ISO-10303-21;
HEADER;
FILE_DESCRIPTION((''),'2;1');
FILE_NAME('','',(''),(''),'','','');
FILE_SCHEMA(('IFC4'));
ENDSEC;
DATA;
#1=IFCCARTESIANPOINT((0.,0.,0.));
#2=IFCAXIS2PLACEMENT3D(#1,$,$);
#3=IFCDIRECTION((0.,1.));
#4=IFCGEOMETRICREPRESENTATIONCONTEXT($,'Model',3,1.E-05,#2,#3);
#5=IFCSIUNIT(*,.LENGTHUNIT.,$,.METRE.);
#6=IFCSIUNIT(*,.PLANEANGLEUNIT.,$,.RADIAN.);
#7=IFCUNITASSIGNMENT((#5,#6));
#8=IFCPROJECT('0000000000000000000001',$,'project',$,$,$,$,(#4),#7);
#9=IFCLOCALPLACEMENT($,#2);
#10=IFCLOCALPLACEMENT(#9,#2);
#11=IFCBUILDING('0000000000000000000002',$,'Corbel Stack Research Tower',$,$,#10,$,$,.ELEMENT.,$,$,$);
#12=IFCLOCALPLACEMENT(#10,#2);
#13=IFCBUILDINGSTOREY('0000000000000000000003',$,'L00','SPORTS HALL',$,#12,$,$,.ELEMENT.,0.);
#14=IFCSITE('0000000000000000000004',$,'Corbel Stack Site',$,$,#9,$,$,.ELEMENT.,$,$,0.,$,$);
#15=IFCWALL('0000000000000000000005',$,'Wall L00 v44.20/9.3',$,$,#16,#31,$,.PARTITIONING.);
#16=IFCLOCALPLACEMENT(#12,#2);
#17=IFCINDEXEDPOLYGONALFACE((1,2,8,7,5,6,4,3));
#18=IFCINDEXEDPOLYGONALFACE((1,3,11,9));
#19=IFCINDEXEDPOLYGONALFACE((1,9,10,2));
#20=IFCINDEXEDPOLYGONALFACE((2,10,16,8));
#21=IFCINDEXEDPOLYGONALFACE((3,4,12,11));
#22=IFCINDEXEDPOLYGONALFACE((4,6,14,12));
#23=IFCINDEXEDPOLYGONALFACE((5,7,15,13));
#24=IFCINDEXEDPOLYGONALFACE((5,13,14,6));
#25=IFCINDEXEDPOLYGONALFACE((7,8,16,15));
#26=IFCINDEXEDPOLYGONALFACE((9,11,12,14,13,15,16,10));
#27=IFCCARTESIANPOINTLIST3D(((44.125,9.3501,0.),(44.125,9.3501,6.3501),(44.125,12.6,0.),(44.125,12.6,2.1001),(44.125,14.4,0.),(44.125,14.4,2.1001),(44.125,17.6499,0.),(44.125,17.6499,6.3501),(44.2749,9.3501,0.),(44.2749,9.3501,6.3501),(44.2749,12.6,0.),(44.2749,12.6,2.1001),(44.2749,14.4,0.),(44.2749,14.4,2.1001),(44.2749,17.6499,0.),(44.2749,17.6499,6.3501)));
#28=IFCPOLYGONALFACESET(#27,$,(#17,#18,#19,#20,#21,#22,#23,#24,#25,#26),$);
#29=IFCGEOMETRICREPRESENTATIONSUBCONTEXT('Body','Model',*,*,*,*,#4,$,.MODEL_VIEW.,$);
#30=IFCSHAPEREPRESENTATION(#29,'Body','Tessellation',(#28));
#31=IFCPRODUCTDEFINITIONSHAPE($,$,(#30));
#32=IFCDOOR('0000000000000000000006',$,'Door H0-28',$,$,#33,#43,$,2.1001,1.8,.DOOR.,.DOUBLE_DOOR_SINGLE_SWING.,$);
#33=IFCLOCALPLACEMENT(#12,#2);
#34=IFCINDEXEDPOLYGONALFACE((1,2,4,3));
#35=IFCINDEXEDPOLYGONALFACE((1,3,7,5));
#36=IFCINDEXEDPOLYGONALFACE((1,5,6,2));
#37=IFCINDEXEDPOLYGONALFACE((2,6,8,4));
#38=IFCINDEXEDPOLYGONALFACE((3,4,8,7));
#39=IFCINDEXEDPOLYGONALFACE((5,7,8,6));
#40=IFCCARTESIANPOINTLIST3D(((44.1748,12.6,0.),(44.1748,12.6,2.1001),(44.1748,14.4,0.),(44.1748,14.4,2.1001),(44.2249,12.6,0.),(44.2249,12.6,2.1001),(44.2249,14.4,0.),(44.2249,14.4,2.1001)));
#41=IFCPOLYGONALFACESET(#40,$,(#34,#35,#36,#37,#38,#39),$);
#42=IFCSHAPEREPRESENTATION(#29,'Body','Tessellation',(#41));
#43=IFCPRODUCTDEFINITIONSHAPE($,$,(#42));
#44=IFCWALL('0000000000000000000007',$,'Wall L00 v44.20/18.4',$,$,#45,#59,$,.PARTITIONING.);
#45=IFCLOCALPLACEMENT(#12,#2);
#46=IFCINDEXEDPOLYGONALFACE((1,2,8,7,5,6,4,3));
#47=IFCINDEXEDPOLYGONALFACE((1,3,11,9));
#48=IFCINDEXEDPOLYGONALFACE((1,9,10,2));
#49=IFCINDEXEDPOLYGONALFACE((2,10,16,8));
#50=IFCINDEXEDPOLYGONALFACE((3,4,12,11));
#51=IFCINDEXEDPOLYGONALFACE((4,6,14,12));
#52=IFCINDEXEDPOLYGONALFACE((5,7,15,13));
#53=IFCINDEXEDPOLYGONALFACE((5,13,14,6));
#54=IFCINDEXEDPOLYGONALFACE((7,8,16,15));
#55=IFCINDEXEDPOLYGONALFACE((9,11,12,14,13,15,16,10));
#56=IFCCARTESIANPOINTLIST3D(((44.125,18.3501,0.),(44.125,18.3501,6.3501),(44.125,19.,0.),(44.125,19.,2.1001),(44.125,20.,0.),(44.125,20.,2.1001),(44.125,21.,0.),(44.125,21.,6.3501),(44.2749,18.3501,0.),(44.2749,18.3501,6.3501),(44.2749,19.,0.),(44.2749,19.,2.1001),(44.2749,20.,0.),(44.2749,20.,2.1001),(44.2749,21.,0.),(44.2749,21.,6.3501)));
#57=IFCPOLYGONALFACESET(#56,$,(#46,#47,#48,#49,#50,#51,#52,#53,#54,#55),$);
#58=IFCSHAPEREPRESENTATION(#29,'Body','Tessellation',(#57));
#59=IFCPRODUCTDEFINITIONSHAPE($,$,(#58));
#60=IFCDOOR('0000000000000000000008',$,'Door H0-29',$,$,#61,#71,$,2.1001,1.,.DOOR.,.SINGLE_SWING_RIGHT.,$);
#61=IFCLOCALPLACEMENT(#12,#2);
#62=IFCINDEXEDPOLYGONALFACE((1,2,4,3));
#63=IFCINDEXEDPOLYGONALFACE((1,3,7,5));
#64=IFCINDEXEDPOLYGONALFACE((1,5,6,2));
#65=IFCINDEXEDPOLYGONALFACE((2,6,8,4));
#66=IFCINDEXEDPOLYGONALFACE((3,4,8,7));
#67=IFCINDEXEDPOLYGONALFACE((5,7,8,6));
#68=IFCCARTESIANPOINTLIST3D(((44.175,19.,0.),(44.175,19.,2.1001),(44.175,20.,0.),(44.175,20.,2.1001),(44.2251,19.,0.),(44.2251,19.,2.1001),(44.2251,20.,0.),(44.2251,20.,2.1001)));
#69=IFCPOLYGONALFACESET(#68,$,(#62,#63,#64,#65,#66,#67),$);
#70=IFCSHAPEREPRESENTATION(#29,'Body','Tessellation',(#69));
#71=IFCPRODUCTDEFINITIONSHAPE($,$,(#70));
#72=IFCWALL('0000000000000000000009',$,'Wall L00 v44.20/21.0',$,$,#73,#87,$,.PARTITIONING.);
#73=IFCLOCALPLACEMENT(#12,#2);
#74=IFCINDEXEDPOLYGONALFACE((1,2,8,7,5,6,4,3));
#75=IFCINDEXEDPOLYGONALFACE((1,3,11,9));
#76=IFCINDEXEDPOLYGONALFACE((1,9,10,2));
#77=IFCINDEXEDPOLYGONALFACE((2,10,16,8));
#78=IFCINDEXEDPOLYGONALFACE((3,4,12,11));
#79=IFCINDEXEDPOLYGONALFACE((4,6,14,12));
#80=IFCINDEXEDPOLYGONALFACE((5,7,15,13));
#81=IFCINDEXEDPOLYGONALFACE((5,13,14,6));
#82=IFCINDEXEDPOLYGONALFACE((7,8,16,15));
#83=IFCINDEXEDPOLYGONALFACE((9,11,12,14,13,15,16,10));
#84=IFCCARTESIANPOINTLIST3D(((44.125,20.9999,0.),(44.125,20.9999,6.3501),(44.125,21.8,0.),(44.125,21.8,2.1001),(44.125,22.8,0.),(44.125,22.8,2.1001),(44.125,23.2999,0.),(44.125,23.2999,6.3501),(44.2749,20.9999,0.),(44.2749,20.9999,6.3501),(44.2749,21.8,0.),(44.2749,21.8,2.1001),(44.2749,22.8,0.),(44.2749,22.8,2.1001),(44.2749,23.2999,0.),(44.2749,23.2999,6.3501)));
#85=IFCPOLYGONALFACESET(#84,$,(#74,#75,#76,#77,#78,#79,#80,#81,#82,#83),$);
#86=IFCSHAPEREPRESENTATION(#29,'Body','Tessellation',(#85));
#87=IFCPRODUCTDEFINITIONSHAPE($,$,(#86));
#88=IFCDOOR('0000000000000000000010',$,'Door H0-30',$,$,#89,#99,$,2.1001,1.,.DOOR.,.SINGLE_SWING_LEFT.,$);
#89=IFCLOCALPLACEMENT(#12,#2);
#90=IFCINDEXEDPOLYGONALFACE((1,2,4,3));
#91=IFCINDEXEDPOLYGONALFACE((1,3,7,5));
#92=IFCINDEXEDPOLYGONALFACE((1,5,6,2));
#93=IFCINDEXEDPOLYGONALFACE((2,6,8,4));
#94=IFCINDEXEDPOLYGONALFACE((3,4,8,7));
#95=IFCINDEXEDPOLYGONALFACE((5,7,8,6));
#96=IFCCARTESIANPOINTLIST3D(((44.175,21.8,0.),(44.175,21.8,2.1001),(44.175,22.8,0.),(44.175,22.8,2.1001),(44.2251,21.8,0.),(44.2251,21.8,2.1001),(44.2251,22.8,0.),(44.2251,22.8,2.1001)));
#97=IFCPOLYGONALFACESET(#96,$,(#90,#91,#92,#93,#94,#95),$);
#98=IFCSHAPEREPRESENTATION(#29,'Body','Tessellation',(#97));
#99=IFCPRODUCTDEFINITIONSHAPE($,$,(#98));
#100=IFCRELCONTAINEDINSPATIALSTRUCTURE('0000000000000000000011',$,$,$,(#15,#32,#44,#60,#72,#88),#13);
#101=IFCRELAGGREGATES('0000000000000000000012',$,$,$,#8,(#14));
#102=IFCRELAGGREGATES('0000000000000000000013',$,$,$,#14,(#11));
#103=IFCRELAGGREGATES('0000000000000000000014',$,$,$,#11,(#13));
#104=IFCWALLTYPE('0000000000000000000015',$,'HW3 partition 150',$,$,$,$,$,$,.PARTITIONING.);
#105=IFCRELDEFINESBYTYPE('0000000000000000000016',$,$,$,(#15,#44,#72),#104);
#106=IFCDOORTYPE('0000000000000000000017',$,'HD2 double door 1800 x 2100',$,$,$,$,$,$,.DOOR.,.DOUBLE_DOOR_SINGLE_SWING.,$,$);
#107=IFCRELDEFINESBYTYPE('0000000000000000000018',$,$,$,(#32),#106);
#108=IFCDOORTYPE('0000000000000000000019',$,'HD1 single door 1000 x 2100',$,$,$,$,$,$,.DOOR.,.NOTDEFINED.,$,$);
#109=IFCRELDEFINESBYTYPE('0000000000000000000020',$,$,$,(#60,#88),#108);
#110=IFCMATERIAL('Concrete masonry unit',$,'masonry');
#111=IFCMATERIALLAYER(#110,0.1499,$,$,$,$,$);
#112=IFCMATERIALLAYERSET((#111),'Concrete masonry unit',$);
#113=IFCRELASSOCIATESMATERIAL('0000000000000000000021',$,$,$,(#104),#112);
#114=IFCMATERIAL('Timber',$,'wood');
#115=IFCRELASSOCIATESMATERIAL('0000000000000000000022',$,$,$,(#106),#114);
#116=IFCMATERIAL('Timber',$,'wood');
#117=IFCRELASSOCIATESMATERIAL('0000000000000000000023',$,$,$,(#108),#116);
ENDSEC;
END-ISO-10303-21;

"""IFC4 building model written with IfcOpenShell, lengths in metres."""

from ifc_helpers import new_model, si_unit, direction, frame, frame_2d, origin, place, context, subcontext, project, spatial, rectangle, extrude, material, layer, layer_set, type_object, element, fill, save


model = new_model("IFC4")

# Units and contexts
model_context = context("Model", 3, precision=1e-05, world=origin(), true_north=direction((0.0, 1.0)))
body_context = subcontext(model_context, "Body", "Model", "MODEL_VIEW")
ifc_project = project(units=[si_unit("LENGTHUNIT", "METRE"), si_unit("PLANEANGLEUNIT", "RADIAN")], contexts=[model_context])

# Site, building, storey
site_placement = place(None, origin())
site = spatial("IfcSite", under=ifc_project, at=site_placement, Name="Corbel Stack Site", CompositionType="ELEMENT", RefElevation=0.0)
building_placement = place(site_placement, origin())
building = spatial("IfcBuilding", under=site, at=building_placement, Name="Corbel Stack Research Tower", CompositionType="ELEMENT")
storey_placement = place(building_placement, origin())
storey = spatial("IfcBuildingStorey", under=building, at=storey_placement, Name="L00", Description="SPORTS HALL", CompositionType="ELEMENT", Elevation=0.0)

# Shared definitions
ifc_material_1 = material(Name="Concrete masonry unit", Category="masonry")
ifc_layer_1 = layer(ifc_material_1, 0.1499)
ifc_layer_set_1 = layer_set([ifc_layer_1], Name="Concrete masonry unit")
wall_type_1 = type_object("IfcWallType", Name="HW3 partition 150", PredefinedType="PARTITIONING", material=ifc_layer_set_1)

# Walls, openings, doors
wall_1_placement = place(storey_placement, frame((44.2, 17.6499, 0.0), z_axis=(0.0, 0.0, 1.0), x_axis=(0.0, -1.0, 0.0)))
wall_1 = element("IfcWall", 1, at=wall_1_placement, inside=storey, type_object=wall_type_1, Name="Wall L00 v44.20/9.3", PredefinedType="PARTITIONING", context=body_context, shape_type="SweptSolid", body=[
    extrude(rectangle(XDim=8.2998, YDim=0.1499, at=frame_2d((4.1499, 0.0))), origin(), (0.0, 0.0, 1.0), 6.3501),
])
opening_1_placement = place(wall_1_placement, frame((3.25, 0.0, 0.0)))
opening_1 = element("IfcOpeningElement", 2, at=opening_1_placement, cuts=wall_1, PredefinedType="OPENING", context=body_context, shape_type="SweptSolid", body=[
    extrude(rectangle(XDim=1.8, YDim=2.1001, at=frame_2d((0.8999, 1.05))), frame((0.0, 0.085, 0.0), z_axis=(0.0, -1.0, 0.0), x_axis=(1.0, 0.0, 0.0)), (0.0, 0.0, 1.0), 0.1699),
])
ifc_material_2 = material(Name="Timber", Category="wood")
door_type_1 = type_object("IfcDoorType", Name="HD2 double door 1800 x 2100", OperationType="DOUBLE_DOOR_SINGLE_SWING", PredefinedType="DOOR", material=ifc_material_2)
door_1_placement = place(opening_1_placement, origin())
door_1 = element("IfcDoor", 3, at=door_1_placement, inside=storey, type_object=door_type_1, Name="Door H0-28", OperationType="DOUBLE_DOOR_SINGLE_SWING", OverallHeight=2.1001, OverallWidth=1.8, PredefinedType="DOOR", context=body_context, shape_type="SweptSolid", body=[
    extrude(rectangle(XDim=1.8, YDim=2.1001, at=frame_2d((0.8999, 1.05))), frame((0.0, 0.0249, 0.0), z_axis=(0.0, -1.0, 0.0), x_axis=(1.0, 0.0, 0.0)), (0.0, 0.0, 1.0), 0.05),
])
fill(opening_1, door_1)
wall_2_placement = place(storey_placement, frame((44.2, 18.3501, 0.0), z_axis=(0.0, 0.0, 1.0), x_axis=(0.0, 1.0, 0.0)))
wall_2 = element("IfcWall", 4, at=wall_2_placement, inside=storey, type_object=wall_type_1, Name="Wall L00 v44.20/18.4", PredefinedType="PARTITIONING", context=body_context, shape_type="SweptSolid", body=[
    extrude(rectangle(XDim=2.6499, YDim=0.1499, at=frame_2d((1.325, 0.0))), origin(), (0.0, 0.0, 1.0), 6.3501),
])
opening_2_placement = place(wall_2_placement, frame((0.6499, 0.0, 0.0)))
opening_2 = element("IfcOpeningElement", 5, at=opening_2_placement, cuts=wall_2, PredefinedType="OPENING", context=body_context, shape_type="SweptSolid", body=[
    extrude(rectangle(XDim=1.0, YDim=2.1001, at=frame_2d((0.5, 1.05))), frame((0.0, 0.085, 0.0), z_axis=(0.0, -1.0, 0.0), x_axis=(1.0, 0.0, 0.0)), (0.0, 0.0, 1.0), 0.1699),
])
ifc_material_3 = material(Name="Timber", Category="wood")
door_type_2 = type_object("IfcDoorType", Name="HD1 single door 1000 x 2100", OperationType="NOTDEFINED", PredefinedType="DOOR", material=ifc_material_3)
door_2_placement = place(opening_2_placement, origin())
door_2 = element("IfcDoor", 6, at=door_2_placement, inside=storey, type_object=door_type_2, Name="Door H0-29", OperationType="SINGLE_SWING_RIGHT", OverallHeight=2.1001, OverallWidth=1.0, PredefinedType="DOOR", context=body_context, shape_type="SweptSolid", body=[
    extrude(rectangle(XDim=1.0, YDim=2.1001, at=frame_2d((0.5, 1.05))), frame((0.0, 0.0249, 0.0), z_axis=(0.0, -1.0, 0.0), x_axis=(1.0, 0.0, 0.0)), (0.0, 0.0, 1.0), 0.05),
])
fill(opening_2, door_2)
wall_3_placement = place(storey_placement, frame((44.2, 21.0, 0.0), z_axis=(0.0, 0.0, 1.0), x_axis=(0.0, 1.0, 0.0)))
wall_3 = element("IfcWall", 7, at=wall_3_placement, inside=storey, type_object=wall_type_1, Name="Wall L00 v44.20/21.0", PredefinedType="PARTITIONING", context=body_context, shape_type="SweptSolid", body=[
    extrude(rectangle(XDim=2.3, YDim=0.1499, at=frame_2d((1.1499, 0.0))), origin(), (0.0, 0.0, 1.0), 6.3501),
])
opening_3_placement = place(wall_3_placement, frame((0.8, 0.0, 0.0)))
opening_3 = element("IfcOpeningElement", 8, at=opening_3_placement, cuts=wall_3, PredefinedType="OPENING", context=body_context, shape_type="SweptSolid", body=[
    extrude(rectangle(XDim=1.0, YDim=2.1001, at=frame_2d((0.5, 1.05))), frame((0.0, 0.085, 0.0), z_axis=(0.0, -1.0, 0.0), x_axis=(1.0, 0.0, 0.0)), (0.0, 0.0, 1.0), 0.1699),
])
door_3_placement = place(opening_3_placement, origin())
door_3 = element("IfcDoor", 9, at=door_3_placement, inside=storey, type_object=door_type_2, Name="Door H0-30", OperationType="SINGLE_SWING_LEFT", OverallHeight=2.1001, OverallWidth=1.0, PredefinedType="DOOR", context=body_context, shape_type="SweptSolid", body=[
    extrude(rectangle(XDim=1.0, YDim=2.1001, at=frame_2d((0.5, 1.05))), frame((0.0, 0.0249, 0.0), z_axis=(0.0, -1.0, 0.0), x_axis=(1.0, 0.0, 0.0)), (0.0, 0.0, 1.0), 0.05),
])
fill(opening_3, door_3)

save(model, "model.ifc")
